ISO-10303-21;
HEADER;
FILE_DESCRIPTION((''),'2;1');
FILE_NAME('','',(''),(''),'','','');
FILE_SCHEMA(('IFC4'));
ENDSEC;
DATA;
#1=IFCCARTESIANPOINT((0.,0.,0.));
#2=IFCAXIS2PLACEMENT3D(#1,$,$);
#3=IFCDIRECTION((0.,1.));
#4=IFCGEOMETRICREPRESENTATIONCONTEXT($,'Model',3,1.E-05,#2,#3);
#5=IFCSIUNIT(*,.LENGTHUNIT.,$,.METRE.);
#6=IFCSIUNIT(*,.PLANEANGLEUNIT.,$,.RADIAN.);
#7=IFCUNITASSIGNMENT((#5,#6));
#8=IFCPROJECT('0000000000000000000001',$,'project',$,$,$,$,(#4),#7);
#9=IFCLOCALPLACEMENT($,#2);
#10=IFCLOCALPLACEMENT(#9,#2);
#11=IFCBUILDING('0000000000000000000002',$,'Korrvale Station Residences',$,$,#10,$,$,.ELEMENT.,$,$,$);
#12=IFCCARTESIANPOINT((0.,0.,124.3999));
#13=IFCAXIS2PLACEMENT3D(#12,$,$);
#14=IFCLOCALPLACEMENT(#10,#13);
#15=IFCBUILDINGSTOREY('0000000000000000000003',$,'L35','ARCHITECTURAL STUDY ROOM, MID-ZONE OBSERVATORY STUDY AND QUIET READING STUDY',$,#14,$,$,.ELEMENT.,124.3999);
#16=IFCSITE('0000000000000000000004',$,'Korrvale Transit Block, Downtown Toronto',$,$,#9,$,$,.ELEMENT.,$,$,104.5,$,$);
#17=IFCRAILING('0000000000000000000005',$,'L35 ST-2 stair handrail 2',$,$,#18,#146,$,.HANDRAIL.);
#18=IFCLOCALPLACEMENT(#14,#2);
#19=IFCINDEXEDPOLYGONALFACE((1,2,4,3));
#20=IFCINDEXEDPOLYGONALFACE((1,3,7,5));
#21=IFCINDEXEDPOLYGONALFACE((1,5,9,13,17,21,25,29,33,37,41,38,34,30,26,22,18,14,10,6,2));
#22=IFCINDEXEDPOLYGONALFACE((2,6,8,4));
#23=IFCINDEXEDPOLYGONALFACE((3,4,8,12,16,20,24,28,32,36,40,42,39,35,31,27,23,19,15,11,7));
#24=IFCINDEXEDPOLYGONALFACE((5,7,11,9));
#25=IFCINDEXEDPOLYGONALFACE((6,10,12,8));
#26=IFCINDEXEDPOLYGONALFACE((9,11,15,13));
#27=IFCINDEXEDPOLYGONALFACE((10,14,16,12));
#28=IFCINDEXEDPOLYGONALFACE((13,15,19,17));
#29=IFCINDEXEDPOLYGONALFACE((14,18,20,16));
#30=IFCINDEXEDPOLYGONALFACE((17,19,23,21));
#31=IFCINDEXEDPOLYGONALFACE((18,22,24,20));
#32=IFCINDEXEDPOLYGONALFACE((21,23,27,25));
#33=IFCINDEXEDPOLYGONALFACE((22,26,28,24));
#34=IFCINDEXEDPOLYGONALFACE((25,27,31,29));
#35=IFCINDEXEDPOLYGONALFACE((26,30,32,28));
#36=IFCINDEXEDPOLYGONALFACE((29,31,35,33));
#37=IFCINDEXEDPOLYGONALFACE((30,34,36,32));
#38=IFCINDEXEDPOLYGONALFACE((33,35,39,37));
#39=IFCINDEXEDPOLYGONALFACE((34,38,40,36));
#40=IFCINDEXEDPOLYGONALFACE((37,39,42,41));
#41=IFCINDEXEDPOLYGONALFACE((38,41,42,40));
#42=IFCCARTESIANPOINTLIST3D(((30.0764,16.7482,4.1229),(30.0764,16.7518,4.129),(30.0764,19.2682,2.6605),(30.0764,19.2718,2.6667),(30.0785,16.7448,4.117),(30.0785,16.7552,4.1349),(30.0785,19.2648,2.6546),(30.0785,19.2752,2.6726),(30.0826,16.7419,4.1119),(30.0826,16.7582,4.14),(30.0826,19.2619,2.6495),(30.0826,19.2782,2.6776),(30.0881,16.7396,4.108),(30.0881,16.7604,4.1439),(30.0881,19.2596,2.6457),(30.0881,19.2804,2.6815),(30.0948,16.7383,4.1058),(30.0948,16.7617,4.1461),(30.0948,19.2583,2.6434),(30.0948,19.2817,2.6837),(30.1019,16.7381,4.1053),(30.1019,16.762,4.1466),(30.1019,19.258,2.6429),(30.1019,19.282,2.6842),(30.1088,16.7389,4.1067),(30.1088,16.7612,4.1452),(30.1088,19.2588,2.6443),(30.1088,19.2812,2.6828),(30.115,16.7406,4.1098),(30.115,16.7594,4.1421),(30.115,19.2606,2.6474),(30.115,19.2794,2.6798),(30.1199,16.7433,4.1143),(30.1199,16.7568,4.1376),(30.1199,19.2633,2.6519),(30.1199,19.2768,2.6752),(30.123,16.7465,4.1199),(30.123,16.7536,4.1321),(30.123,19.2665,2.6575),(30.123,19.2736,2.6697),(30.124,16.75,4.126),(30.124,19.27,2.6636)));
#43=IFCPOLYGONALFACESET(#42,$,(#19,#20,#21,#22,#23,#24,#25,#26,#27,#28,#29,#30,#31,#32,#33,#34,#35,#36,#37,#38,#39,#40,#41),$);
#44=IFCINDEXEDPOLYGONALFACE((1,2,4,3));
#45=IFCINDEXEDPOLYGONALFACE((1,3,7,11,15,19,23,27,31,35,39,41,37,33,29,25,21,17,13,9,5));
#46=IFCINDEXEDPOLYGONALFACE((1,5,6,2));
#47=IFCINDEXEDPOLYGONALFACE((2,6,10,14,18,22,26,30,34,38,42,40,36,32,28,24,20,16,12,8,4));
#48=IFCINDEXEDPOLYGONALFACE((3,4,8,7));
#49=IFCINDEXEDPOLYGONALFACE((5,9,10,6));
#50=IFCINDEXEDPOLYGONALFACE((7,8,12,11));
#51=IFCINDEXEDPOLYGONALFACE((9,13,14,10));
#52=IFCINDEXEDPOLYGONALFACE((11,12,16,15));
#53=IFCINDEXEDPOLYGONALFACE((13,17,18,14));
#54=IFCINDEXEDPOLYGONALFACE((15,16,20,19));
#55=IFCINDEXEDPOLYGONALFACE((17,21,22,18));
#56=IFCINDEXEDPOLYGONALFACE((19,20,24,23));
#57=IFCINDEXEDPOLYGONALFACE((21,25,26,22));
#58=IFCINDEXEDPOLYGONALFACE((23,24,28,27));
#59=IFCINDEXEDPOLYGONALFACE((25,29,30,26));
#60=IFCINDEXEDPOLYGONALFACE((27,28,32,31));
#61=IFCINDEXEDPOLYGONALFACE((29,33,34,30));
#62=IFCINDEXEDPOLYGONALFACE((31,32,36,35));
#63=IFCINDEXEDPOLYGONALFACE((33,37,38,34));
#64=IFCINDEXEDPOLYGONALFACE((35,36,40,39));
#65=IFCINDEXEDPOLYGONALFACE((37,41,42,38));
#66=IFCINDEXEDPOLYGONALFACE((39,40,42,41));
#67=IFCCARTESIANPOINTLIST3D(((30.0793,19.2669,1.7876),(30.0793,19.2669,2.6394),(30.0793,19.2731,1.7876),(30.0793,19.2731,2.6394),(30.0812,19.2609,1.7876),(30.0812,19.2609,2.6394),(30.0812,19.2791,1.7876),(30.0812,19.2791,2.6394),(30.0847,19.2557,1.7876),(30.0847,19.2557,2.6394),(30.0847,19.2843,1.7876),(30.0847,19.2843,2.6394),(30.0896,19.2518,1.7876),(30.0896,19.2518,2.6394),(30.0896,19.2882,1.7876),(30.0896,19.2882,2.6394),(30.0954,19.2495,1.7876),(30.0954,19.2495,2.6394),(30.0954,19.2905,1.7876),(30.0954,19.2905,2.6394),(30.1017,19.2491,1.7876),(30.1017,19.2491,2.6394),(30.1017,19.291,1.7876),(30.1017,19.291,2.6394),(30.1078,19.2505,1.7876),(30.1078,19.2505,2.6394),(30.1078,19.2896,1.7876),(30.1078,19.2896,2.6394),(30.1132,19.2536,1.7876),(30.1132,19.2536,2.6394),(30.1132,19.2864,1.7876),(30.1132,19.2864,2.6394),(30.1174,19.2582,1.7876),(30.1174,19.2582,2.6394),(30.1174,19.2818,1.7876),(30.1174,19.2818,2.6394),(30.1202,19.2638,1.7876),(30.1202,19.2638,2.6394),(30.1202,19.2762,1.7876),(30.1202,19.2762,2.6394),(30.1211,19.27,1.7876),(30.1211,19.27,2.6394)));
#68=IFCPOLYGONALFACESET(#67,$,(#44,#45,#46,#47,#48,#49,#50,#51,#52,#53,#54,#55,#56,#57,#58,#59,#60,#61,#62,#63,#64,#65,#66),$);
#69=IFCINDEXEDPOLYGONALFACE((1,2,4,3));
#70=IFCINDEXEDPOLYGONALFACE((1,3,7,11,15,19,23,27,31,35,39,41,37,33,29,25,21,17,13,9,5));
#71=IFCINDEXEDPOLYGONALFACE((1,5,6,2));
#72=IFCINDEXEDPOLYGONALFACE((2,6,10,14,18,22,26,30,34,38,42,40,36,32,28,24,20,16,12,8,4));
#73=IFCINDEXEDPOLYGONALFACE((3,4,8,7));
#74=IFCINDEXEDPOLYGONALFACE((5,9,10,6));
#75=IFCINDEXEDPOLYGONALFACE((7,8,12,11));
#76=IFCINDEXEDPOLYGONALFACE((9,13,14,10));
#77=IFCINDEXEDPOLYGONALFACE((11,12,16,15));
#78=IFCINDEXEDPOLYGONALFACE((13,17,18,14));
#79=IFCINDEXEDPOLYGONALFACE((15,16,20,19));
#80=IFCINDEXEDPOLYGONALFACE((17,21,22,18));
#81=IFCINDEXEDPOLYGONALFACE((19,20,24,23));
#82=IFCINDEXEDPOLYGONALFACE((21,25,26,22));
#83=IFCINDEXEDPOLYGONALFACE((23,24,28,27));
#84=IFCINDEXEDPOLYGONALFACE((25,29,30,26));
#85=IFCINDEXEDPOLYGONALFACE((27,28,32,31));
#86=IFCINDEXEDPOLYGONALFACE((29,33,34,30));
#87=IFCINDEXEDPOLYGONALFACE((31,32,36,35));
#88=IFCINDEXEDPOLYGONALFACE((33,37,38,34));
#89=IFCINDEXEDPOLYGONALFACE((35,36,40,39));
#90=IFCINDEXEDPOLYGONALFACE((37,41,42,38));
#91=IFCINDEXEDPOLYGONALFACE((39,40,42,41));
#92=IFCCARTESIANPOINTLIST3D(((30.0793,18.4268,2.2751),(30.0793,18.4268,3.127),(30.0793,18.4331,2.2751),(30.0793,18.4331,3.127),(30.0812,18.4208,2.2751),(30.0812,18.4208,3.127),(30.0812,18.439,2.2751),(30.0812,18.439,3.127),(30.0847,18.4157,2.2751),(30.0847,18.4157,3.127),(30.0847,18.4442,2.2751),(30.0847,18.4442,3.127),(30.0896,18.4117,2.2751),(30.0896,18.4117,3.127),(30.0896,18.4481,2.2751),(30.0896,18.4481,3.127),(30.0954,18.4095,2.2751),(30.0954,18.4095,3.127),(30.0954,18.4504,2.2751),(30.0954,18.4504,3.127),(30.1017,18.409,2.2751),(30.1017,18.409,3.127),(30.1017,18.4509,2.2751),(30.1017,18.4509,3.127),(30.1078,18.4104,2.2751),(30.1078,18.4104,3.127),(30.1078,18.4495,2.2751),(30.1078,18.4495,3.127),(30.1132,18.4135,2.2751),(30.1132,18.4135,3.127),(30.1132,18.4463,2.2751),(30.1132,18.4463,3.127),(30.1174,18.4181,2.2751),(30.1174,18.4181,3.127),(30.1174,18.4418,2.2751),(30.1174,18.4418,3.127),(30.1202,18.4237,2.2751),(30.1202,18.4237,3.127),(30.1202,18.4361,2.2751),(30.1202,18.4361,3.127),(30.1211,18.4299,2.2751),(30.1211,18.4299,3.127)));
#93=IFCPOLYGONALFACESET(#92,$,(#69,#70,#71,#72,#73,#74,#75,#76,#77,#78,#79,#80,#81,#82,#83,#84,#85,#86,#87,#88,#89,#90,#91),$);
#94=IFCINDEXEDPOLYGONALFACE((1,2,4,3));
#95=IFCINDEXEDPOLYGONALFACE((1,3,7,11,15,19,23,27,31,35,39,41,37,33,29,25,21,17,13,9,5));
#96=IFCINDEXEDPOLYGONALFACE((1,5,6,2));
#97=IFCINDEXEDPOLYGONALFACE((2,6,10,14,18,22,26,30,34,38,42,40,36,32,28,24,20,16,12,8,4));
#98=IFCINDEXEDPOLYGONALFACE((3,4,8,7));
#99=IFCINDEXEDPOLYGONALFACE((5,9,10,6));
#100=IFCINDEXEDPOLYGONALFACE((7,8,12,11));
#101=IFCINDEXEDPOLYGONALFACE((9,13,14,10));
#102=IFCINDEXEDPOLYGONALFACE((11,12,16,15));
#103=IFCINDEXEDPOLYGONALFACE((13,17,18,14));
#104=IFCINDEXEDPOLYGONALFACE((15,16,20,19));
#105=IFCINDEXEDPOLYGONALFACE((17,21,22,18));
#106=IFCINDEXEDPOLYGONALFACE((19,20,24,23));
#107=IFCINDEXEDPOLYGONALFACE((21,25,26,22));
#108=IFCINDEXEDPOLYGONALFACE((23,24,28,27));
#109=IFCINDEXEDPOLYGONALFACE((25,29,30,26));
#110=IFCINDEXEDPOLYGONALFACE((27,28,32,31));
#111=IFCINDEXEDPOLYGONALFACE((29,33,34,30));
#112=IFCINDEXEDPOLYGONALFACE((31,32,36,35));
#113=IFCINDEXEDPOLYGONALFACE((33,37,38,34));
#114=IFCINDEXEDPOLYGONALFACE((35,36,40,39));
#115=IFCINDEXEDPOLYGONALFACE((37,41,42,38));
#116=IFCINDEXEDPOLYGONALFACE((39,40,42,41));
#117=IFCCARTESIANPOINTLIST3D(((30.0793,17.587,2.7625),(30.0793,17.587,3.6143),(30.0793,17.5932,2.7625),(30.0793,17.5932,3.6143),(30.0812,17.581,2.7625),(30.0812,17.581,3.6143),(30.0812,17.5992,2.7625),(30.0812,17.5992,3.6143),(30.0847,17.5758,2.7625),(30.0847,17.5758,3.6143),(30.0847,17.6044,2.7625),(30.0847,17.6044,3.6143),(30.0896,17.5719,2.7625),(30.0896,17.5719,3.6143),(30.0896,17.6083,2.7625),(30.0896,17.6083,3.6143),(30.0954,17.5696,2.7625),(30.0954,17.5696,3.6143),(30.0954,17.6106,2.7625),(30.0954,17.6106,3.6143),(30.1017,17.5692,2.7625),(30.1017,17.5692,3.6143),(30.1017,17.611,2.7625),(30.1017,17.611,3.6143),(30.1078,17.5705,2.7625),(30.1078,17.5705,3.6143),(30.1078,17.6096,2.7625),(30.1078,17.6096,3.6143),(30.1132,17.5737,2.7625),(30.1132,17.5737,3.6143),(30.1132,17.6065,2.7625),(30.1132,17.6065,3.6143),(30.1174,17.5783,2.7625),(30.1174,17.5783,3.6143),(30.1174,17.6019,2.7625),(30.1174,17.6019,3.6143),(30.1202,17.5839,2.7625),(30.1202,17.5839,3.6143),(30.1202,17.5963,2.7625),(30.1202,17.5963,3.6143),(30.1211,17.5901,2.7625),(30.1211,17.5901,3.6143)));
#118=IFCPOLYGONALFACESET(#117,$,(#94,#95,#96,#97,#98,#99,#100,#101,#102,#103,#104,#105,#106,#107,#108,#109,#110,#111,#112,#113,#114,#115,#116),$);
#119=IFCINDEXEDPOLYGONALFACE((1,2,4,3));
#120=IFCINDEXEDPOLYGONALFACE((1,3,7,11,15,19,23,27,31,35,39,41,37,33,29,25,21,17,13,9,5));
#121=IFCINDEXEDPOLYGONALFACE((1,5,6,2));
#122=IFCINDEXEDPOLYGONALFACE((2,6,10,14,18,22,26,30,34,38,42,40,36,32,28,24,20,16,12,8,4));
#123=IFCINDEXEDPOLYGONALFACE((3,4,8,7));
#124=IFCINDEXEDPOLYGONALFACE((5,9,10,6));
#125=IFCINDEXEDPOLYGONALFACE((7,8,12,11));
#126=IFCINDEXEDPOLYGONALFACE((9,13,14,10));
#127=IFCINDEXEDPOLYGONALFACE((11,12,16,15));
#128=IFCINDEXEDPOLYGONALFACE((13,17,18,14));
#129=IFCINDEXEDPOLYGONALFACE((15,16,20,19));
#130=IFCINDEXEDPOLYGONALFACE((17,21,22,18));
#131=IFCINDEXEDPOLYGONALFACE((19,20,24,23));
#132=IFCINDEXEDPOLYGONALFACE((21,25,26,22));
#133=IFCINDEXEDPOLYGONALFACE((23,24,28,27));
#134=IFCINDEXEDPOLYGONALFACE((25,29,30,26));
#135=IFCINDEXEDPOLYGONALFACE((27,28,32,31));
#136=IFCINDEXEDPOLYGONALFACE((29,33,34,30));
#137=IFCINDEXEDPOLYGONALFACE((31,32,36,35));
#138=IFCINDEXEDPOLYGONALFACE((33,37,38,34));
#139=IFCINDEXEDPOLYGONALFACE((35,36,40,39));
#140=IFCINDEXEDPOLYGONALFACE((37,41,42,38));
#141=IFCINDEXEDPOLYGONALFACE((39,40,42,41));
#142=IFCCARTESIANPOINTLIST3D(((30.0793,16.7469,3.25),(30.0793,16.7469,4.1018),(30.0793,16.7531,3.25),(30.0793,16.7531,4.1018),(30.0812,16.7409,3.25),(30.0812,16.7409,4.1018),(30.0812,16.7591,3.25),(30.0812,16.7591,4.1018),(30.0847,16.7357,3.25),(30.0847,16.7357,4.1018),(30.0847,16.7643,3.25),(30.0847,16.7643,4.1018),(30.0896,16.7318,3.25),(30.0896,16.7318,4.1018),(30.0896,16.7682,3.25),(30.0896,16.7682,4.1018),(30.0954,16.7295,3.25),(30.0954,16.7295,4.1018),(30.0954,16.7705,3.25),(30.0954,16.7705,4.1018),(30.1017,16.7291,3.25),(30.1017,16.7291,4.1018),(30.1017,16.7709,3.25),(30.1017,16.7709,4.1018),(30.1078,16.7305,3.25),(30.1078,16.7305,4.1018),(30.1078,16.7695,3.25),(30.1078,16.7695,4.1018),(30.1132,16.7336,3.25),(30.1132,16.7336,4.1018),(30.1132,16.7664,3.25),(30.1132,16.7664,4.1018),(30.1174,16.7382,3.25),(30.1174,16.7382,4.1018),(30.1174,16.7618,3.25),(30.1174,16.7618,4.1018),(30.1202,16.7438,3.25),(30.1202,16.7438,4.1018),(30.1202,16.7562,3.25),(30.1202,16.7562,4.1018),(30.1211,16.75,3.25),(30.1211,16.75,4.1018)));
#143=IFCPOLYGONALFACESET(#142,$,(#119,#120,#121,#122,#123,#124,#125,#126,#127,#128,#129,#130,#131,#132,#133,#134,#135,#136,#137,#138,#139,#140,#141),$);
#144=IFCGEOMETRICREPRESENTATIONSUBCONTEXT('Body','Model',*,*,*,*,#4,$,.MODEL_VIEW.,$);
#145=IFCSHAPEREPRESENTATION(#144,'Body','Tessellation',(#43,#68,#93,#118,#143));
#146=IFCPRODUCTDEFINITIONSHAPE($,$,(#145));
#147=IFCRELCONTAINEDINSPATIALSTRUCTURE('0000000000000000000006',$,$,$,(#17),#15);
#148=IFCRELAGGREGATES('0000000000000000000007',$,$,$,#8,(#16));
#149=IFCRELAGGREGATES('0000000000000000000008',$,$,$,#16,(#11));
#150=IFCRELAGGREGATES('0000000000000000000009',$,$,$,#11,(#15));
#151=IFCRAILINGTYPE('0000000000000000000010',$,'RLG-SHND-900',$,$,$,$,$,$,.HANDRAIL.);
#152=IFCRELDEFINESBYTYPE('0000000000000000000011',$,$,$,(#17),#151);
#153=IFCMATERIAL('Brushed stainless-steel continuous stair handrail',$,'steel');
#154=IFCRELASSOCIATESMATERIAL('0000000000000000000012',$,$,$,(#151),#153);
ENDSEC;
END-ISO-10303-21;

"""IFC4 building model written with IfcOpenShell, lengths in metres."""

from ifc_helpers import new_model, si_unit, direction, frame, origin, origin_2d, place, context, subcontext, project, spatial, circle, extrude, material, type_object, element, save


model = new_model("IFC4")

# Units and contexts
model_context = context("Model", 3, precision=1e-05, world=origin(), true_north=direction((0.0, 1.0)))
body_context = subcontext(model_context, "Body", "Model", "MODEL_VIEW")
ifc_project = project(units=[si_unit("LENGTHUNIT", "METRE"), si_unit("PLANEANGLEUNIT", "RADIAN")], contexts=[model_context])

# Site, building, storey
site_placement = place(None, origin())
site = spatial("IfcSite", under=ifc_project, at=site_placement, Name="Korrvale Transit Block, Downtown Toronto", CompositionType="ELEMENT", RefElevation=104.5)
building_placement = place(site_placement, origin())
building = spatial("IfcBuilding", under=site, at=building_placement, Name="Korrvale Station Residences", CompositionType="ELEMENT")
storey_placement = place(building_placement, frame((0.0, 0.0, 124.3999)))
storey = spatial("IfcBuildingStorey", under=building, at=storey_placement, Name="L35", Description="ARCHITECTURAL STUDY ROOM, MID-ZONE OBSERVATORY STUDY AND QUIET READING STUDY", CompositionType="ELEMENT", Elevation=124.3999)

# Railing
ifc_material_1 = material(Name="Brushed stainless-steel continuous stair handrail", Category="steel")
railing_type_1 = type_object("IfcRailingType", Name="RLG-SHND-900", PredefinedType="HANDRAIL", material=ifc_material_1)
railing_1_placement = place(storey_placement, frame((30.1001, 19.27, 1.7876)))
element("IfcRailing", 1, at=railing_1_placement, inside=storey, type_object=railing_type_1, Name="L35 ST-2 stair handrail 2", PredefinedType="HANDRAIL", context=body_context, shape_type="SweptSolid", body=[
    extrude(circle(Radius=0.0239, at=origin_2d()), frame((0.0, 0.0, 0.876), z_axis=(0.0, -0.864913, 0.501921), x_axis=(1.0, 0.0, 0.0)), (0.0, 0.0, 1.0), 2.9136),
    extrude(circle(Radius=0.021, at=origin_2d()), origin(), (0.0, 0.0, 1.0), 0.8518),
    extrude(circle(Radius=0.021, at=origin_2d()), frame((0.0, -0.8401, 0.4875)), (0.0, 0.0, 1.0), 0.8518),
    extrude(circle(Radius=0.021, at=origin_2d()), frame((0.0, -1.6799, 0.9749)), (0.0, 0.0, 1.0), 0.8518),
    extrude(circle(Radius=0.021, at=origin_2d()), frame((0.0, -2.52, 1.4624)), (0.0, 0.0, 1.0), 0.8518),
])

save(model, "model.ifc")
